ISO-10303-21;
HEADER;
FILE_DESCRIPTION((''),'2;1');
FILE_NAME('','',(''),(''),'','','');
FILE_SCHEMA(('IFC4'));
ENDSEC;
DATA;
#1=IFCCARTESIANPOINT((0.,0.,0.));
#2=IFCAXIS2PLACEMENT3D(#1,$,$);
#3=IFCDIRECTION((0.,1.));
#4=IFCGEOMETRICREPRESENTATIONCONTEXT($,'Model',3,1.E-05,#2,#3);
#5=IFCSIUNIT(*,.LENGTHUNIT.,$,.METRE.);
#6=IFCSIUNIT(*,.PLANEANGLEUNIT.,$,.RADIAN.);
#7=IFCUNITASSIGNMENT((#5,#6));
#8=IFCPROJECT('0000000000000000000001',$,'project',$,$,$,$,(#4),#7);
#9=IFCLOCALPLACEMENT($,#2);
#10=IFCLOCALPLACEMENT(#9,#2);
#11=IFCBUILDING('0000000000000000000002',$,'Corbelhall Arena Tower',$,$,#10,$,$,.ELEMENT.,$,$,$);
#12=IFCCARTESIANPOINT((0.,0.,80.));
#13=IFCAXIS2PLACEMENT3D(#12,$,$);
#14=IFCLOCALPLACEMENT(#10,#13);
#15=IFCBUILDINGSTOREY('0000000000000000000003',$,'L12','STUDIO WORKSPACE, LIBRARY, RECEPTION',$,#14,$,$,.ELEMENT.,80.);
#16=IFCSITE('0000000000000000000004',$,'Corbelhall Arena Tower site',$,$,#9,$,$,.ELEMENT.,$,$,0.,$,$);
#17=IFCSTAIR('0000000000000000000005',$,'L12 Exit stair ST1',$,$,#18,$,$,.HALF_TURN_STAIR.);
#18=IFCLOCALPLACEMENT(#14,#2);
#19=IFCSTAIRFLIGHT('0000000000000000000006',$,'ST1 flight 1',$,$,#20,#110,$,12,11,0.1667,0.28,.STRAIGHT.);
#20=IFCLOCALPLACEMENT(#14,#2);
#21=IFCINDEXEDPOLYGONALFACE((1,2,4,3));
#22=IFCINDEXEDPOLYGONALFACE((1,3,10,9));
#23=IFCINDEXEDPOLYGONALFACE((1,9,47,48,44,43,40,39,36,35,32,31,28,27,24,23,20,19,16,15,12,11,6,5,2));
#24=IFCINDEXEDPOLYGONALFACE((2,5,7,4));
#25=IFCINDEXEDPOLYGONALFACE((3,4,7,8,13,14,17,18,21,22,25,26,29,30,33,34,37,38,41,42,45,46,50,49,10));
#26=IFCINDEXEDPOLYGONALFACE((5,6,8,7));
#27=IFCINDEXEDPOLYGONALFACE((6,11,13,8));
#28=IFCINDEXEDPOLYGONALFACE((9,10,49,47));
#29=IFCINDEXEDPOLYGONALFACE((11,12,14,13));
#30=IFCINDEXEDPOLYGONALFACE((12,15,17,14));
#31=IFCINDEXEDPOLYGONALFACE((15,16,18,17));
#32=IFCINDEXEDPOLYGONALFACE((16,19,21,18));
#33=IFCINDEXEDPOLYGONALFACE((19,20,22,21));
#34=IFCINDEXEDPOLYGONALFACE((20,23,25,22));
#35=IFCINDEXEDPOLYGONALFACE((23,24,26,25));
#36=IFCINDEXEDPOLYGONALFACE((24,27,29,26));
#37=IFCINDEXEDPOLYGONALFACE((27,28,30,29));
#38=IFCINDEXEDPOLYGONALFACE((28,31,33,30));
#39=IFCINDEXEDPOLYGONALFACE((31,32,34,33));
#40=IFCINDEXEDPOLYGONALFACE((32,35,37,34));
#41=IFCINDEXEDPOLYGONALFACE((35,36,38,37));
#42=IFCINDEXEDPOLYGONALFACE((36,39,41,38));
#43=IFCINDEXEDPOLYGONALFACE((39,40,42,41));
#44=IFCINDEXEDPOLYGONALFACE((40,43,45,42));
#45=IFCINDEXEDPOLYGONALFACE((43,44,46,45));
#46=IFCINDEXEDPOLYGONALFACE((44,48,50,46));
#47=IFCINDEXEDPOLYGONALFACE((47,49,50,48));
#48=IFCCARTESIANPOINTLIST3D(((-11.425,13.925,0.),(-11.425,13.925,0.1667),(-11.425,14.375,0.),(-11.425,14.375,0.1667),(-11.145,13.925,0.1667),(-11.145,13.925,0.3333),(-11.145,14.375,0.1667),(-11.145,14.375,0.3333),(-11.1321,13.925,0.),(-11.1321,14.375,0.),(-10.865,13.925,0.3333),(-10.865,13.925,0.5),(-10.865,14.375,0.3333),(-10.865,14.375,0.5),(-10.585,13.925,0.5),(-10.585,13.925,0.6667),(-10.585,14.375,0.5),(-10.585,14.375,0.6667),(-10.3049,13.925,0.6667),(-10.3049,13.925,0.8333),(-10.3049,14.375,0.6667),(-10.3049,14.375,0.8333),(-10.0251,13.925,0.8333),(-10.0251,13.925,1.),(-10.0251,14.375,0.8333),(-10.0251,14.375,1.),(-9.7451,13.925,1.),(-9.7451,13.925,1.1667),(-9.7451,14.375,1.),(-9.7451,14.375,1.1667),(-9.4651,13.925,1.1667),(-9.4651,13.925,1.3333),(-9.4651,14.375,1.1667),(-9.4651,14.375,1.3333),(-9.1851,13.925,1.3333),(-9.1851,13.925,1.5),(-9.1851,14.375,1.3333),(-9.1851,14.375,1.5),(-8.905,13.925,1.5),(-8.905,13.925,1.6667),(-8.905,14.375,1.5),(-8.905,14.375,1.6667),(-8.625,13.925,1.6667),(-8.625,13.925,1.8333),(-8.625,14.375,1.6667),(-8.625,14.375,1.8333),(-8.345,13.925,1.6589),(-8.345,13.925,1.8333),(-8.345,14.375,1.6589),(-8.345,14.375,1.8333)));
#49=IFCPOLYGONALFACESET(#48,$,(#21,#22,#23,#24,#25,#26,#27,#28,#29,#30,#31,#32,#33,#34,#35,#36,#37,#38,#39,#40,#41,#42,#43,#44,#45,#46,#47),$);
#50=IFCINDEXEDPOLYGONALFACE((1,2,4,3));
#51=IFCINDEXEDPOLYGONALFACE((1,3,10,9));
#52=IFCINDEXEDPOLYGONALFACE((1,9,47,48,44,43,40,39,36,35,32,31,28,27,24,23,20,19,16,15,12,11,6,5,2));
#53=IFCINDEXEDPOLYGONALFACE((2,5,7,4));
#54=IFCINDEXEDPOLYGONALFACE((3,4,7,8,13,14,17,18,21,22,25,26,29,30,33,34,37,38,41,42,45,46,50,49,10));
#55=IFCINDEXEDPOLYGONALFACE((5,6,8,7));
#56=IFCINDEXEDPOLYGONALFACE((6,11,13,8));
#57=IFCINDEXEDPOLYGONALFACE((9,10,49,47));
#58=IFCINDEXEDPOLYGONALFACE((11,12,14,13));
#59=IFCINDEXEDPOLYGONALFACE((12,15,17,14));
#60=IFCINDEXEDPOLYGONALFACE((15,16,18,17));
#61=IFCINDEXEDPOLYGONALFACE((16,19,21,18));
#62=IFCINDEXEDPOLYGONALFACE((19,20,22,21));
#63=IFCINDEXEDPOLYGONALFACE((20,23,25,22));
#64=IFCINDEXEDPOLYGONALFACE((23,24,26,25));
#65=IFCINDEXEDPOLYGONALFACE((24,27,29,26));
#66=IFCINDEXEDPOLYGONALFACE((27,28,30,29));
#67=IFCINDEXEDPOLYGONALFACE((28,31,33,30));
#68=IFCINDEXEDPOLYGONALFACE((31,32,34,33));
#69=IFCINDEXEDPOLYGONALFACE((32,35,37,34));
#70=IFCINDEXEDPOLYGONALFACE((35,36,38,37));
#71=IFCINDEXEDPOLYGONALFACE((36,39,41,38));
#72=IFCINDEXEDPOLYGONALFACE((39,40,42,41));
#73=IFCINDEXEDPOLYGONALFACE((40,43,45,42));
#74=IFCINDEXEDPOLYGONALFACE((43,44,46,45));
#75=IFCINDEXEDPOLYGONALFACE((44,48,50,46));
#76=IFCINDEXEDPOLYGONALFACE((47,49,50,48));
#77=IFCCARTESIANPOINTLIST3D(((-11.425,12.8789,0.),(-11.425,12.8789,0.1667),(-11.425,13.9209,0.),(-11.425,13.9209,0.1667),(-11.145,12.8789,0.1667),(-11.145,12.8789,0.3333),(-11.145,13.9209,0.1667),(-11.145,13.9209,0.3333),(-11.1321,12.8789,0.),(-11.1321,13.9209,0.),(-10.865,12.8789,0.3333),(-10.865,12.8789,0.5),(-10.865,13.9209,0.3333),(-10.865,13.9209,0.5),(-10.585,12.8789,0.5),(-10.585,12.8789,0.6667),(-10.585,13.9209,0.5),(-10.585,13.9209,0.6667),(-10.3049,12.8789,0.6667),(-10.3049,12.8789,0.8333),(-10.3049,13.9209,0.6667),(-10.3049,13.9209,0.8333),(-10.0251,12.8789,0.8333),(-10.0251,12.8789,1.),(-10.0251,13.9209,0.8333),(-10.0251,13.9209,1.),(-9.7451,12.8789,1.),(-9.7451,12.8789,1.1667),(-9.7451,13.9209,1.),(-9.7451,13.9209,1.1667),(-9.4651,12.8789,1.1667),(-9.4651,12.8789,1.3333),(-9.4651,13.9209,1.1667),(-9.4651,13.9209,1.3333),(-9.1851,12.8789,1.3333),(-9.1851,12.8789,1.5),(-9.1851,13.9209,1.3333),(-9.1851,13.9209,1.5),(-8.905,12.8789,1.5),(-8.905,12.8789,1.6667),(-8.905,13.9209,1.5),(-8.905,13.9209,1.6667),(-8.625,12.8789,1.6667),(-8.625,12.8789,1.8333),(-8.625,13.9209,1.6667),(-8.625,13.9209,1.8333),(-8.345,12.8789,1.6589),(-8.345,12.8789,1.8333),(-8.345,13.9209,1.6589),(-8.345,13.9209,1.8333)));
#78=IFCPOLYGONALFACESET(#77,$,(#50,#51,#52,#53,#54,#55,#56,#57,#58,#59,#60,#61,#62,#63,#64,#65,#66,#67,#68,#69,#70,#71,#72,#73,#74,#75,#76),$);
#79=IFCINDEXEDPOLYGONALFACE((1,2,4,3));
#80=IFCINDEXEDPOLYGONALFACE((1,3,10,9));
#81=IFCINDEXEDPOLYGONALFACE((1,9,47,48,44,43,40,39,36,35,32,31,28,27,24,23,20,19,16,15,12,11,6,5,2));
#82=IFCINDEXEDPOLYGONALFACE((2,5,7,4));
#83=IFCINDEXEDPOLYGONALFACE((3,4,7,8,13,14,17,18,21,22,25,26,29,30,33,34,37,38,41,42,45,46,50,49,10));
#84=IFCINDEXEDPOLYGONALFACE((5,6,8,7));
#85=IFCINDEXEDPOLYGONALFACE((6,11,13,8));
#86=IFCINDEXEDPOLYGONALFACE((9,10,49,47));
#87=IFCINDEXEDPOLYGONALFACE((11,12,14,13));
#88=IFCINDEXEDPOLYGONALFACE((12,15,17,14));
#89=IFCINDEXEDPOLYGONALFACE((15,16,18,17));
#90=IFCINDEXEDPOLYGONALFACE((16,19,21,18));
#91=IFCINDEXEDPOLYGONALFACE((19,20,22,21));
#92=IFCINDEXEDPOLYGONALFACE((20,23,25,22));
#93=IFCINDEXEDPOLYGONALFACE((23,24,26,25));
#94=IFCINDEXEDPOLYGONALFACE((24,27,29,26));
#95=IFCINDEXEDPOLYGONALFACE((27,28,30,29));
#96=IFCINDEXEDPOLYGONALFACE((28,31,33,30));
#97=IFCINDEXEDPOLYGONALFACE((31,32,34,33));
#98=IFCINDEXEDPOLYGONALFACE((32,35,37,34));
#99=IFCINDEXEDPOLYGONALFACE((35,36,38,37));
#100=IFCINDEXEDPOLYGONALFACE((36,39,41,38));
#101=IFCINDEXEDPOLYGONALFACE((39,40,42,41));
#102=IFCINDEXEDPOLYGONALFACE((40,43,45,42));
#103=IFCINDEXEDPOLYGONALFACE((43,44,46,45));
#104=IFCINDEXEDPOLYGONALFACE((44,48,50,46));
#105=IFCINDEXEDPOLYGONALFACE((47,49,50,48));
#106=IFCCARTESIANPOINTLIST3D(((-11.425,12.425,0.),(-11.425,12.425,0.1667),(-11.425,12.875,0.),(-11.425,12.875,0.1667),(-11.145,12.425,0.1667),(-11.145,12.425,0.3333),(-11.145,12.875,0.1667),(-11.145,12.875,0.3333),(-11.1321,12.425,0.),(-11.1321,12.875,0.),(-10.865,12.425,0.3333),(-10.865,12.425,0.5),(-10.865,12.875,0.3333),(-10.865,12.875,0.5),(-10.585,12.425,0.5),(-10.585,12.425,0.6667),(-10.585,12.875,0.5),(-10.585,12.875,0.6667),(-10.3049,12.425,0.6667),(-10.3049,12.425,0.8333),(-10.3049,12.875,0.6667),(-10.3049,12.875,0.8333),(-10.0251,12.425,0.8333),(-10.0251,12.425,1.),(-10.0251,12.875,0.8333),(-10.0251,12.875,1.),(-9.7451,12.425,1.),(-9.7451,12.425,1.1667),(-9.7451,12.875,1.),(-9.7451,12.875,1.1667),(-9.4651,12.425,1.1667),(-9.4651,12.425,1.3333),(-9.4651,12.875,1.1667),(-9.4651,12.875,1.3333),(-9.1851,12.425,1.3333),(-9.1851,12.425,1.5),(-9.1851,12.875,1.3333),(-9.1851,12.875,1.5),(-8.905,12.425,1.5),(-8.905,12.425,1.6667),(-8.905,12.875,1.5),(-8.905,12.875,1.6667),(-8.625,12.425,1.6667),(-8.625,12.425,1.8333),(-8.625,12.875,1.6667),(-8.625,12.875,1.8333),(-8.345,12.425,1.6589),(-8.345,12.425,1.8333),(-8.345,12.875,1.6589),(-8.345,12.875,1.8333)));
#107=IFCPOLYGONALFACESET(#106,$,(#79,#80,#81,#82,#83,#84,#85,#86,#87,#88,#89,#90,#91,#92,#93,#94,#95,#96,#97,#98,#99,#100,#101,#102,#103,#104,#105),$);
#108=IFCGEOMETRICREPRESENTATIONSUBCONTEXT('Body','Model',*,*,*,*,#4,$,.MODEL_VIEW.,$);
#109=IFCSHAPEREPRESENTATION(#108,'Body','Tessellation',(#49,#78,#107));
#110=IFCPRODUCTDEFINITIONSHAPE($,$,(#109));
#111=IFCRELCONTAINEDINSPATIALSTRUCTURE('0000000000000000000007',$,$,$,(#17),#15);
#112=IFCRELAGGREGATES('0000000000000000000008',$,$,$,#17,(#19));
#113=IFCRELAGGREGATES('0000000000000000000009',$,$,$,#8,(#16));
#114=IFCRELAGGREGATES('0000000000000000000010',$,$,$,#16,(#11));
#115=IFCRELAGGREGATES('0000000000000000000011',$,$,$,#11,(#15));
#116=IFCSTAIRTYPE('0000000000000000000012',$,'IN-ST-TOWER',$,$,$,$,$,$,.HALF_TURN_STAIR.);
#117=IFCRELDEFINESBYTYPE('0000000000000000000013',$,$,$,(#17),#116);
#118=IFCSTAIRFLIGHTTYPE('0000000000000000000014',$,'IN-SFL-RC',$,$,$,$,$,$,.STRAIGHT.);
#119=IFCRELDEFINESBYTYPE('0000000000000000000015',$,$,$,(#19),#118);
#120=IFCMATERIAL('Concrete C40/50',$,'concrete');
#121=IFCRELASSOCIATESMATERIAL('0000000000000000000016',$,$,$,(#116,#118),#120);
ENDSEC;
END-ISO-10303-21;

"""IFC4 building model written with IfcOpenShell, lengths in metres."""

from ifc_helpers import new_model, si_unit, direction, frame, origin, place, context, subcontext, project, spatial, polyline, outline, extrude, material, type_object, element, aggregate, save


model = new_model("IFC4")

# Units and contexts
model_context = context("Model", 3, precision=1e-05, world=origin(), true_north=direction((0.0, 1.0)))
body_context = subcontext(model_context, "Body", "Model", "MODEL_VIEW")
ifc_project = project(units=[si_unit("LENGTHUNIT", "METRE"), si_unit("PLANEANGLEUNIT", "RADIAN")], contexts=[model_context])

# Site, building, storey
site_placement = place(None, origin())
site = spatial("IfcSite", under=ifc_project, at=site_placement, Name="Corbelhall Arena Tower site", CompositionType="ELEMENT", RefElevation=0.0)
building_placement = place(site_placement, origin())
building = spatial("IfcBuilding", under=site, at=building_placement, Name="Corbelhall Arena Tower", CompositionType="ELEMENT")
storey_placement = place(building_placement, frame((0.0, 0.0, 80.0)))
storey = spatial("IfcBuildingStorey", under=building, at=storey_placement, Name="L12", Description="STUDIO WORKSPACE, LIBRARY, RECEPTION", CompositionType="ELEMENT", Elevation=80.0)

# Shared definitions
ifc_material_1 = material(Name="Concrete C40/50", Category="concrete")

# Stair, stair flight
stair_type = type_object("IfcStairType", Name="IN-ST-TOWER", PredefinedType="HALF_TURN_STAIR", material=ifc_material_1)
stair_placement = place(storey_placement, origin())
stair = element("IfcStair", 1, at=stair_placement, inside=storey, type_object=stair_type, Name="L12 Exit stair ST1", PredefinedType="HALF_TURN_STAIR")
stair_flight_type = type_object("IfcStairFlightType", Name="IN-SFL-RC", PredefinedType="STRAIGHT", material=ifc_material_1)
stair_flight_1_placement = place(storey_placement, frame((-11.425, 13.3999, 0.0), z_axis=(0.0, 0.0, 1.0), x_axis=(1.0, 0.0, 0.0)))
stair_flight_1 = element("IfcStairFlight", 2, at=stair_flight_1_placement, type_object=stair_flight_type, Name="ST1 flight 1", NumberOfRisers=12, NumberOfTreads=11, PredefinedType="STRAIGHT", RiserHeight=0.1667, TreadLength=0.28, context=body_context, shape_type="SweptSolid", body=[
    extrude(outline(polyline([(0.0, 0.0), (0.0, 0.1667), (0.28, 0.1667), (0.28, 0.3333), (0.5601, 0.3333), (0.5601, 0.5), (0.8401, 0.5), (0.8401, 0.6667), (1.1201, 0.6667), (1.1201, 0.8333), (1.3999, 0.8333), (1.3999, 1.0), (1.6799, 1.0), (1.6799, 1.1667), (1.96, 1.1667), (1.96, 1.3333), (2.24, 1.3333), (2.24, 1.5), (2.52, 1.5), (2.52, 1.6667), (2.8, 1.6667), (2.8, 1.8333), (3.0801, 1.8333), (3.0801, 2.0), (3.0801, 1.6589), (0.293, 0.0), (0.0, 0.0)])), frame((0.0, 0.9751, 0.0), z_axis=(0.0, -1.0, 0.0), x_axis=(1.0, 0.0, 0.0)), (0.0, 0.0, 1.0), 0.45),
    extrude(outline(polyline([(0.0, 0.0), (0.0, 0.1667), (0.28, 0.1667), (0.28, 0.3333), (0.5601, 0.3333), (0.5601, 0.5), (0.8401, 0.5), (0.8401, 0.6667), (1.1201, 0.6667), (1.1201, 0.8333), (1.3999, 0.8333), (1.3999, 1.0), (1.6799, 1.0), (1.6799, 1.1667), (1.96, 1.1667), (1.96, 1.3333), (2.24, 1.3333), (2.24, 1.5), (2.52, 1.5), (2.52, 1.6667), (2.8, 1.6667), (2.8, 1.8333), (3.0801, 1.8333), (3.0801, 2.0), (3.0801, 1.6589), (0.293, 0.0), (0.0, 0.0)])), frame((0.0, 0.521, 0.0), z_axis=(0.0, -1.0, 0.0), x_axis=(1.0, 0.0, 0.0)), (0.0, 0.0, 1.0), 1.042),
    extrude(outline(polyline([(0.0, 0.0), (0.0, 0.1667), (0.28, 0.1667), (0.28, 0.3333), (0.5601, 0.3333), (0.5601, 0.5), (0.8401, 0.5), (0.8401, 0.6667), (1.1201, 0.6667), (1.1201, 0.8333), (1.3999, 0.8333), (1.3999, 1.0), (1.6799, 1.0), (1.6799, 1.1667), (1.96, 1.1667), (1.96, 1.3333), (2.24, 1.3333), (2.24, 1.5), (2.52, 1.5), (2.52, 1.6667), (2.8, 1.6667), (2.8, 1.8333), (3.0801, 1.8333), (3.0801, 2.0), (3.0801, 1.6589), (0.293, 0.0), (0.0, 0.0)])), frame((0.0, -0.5249, 0.0), z_axis=(0.0, -1.0, 0.0), x_axis=(1.0, 0.0, 0.0)), (0.0, 0.0, 1.0), 0.45),
])
aggregate(stair, [stair_flight_1])

save(model, "model.ifc")
